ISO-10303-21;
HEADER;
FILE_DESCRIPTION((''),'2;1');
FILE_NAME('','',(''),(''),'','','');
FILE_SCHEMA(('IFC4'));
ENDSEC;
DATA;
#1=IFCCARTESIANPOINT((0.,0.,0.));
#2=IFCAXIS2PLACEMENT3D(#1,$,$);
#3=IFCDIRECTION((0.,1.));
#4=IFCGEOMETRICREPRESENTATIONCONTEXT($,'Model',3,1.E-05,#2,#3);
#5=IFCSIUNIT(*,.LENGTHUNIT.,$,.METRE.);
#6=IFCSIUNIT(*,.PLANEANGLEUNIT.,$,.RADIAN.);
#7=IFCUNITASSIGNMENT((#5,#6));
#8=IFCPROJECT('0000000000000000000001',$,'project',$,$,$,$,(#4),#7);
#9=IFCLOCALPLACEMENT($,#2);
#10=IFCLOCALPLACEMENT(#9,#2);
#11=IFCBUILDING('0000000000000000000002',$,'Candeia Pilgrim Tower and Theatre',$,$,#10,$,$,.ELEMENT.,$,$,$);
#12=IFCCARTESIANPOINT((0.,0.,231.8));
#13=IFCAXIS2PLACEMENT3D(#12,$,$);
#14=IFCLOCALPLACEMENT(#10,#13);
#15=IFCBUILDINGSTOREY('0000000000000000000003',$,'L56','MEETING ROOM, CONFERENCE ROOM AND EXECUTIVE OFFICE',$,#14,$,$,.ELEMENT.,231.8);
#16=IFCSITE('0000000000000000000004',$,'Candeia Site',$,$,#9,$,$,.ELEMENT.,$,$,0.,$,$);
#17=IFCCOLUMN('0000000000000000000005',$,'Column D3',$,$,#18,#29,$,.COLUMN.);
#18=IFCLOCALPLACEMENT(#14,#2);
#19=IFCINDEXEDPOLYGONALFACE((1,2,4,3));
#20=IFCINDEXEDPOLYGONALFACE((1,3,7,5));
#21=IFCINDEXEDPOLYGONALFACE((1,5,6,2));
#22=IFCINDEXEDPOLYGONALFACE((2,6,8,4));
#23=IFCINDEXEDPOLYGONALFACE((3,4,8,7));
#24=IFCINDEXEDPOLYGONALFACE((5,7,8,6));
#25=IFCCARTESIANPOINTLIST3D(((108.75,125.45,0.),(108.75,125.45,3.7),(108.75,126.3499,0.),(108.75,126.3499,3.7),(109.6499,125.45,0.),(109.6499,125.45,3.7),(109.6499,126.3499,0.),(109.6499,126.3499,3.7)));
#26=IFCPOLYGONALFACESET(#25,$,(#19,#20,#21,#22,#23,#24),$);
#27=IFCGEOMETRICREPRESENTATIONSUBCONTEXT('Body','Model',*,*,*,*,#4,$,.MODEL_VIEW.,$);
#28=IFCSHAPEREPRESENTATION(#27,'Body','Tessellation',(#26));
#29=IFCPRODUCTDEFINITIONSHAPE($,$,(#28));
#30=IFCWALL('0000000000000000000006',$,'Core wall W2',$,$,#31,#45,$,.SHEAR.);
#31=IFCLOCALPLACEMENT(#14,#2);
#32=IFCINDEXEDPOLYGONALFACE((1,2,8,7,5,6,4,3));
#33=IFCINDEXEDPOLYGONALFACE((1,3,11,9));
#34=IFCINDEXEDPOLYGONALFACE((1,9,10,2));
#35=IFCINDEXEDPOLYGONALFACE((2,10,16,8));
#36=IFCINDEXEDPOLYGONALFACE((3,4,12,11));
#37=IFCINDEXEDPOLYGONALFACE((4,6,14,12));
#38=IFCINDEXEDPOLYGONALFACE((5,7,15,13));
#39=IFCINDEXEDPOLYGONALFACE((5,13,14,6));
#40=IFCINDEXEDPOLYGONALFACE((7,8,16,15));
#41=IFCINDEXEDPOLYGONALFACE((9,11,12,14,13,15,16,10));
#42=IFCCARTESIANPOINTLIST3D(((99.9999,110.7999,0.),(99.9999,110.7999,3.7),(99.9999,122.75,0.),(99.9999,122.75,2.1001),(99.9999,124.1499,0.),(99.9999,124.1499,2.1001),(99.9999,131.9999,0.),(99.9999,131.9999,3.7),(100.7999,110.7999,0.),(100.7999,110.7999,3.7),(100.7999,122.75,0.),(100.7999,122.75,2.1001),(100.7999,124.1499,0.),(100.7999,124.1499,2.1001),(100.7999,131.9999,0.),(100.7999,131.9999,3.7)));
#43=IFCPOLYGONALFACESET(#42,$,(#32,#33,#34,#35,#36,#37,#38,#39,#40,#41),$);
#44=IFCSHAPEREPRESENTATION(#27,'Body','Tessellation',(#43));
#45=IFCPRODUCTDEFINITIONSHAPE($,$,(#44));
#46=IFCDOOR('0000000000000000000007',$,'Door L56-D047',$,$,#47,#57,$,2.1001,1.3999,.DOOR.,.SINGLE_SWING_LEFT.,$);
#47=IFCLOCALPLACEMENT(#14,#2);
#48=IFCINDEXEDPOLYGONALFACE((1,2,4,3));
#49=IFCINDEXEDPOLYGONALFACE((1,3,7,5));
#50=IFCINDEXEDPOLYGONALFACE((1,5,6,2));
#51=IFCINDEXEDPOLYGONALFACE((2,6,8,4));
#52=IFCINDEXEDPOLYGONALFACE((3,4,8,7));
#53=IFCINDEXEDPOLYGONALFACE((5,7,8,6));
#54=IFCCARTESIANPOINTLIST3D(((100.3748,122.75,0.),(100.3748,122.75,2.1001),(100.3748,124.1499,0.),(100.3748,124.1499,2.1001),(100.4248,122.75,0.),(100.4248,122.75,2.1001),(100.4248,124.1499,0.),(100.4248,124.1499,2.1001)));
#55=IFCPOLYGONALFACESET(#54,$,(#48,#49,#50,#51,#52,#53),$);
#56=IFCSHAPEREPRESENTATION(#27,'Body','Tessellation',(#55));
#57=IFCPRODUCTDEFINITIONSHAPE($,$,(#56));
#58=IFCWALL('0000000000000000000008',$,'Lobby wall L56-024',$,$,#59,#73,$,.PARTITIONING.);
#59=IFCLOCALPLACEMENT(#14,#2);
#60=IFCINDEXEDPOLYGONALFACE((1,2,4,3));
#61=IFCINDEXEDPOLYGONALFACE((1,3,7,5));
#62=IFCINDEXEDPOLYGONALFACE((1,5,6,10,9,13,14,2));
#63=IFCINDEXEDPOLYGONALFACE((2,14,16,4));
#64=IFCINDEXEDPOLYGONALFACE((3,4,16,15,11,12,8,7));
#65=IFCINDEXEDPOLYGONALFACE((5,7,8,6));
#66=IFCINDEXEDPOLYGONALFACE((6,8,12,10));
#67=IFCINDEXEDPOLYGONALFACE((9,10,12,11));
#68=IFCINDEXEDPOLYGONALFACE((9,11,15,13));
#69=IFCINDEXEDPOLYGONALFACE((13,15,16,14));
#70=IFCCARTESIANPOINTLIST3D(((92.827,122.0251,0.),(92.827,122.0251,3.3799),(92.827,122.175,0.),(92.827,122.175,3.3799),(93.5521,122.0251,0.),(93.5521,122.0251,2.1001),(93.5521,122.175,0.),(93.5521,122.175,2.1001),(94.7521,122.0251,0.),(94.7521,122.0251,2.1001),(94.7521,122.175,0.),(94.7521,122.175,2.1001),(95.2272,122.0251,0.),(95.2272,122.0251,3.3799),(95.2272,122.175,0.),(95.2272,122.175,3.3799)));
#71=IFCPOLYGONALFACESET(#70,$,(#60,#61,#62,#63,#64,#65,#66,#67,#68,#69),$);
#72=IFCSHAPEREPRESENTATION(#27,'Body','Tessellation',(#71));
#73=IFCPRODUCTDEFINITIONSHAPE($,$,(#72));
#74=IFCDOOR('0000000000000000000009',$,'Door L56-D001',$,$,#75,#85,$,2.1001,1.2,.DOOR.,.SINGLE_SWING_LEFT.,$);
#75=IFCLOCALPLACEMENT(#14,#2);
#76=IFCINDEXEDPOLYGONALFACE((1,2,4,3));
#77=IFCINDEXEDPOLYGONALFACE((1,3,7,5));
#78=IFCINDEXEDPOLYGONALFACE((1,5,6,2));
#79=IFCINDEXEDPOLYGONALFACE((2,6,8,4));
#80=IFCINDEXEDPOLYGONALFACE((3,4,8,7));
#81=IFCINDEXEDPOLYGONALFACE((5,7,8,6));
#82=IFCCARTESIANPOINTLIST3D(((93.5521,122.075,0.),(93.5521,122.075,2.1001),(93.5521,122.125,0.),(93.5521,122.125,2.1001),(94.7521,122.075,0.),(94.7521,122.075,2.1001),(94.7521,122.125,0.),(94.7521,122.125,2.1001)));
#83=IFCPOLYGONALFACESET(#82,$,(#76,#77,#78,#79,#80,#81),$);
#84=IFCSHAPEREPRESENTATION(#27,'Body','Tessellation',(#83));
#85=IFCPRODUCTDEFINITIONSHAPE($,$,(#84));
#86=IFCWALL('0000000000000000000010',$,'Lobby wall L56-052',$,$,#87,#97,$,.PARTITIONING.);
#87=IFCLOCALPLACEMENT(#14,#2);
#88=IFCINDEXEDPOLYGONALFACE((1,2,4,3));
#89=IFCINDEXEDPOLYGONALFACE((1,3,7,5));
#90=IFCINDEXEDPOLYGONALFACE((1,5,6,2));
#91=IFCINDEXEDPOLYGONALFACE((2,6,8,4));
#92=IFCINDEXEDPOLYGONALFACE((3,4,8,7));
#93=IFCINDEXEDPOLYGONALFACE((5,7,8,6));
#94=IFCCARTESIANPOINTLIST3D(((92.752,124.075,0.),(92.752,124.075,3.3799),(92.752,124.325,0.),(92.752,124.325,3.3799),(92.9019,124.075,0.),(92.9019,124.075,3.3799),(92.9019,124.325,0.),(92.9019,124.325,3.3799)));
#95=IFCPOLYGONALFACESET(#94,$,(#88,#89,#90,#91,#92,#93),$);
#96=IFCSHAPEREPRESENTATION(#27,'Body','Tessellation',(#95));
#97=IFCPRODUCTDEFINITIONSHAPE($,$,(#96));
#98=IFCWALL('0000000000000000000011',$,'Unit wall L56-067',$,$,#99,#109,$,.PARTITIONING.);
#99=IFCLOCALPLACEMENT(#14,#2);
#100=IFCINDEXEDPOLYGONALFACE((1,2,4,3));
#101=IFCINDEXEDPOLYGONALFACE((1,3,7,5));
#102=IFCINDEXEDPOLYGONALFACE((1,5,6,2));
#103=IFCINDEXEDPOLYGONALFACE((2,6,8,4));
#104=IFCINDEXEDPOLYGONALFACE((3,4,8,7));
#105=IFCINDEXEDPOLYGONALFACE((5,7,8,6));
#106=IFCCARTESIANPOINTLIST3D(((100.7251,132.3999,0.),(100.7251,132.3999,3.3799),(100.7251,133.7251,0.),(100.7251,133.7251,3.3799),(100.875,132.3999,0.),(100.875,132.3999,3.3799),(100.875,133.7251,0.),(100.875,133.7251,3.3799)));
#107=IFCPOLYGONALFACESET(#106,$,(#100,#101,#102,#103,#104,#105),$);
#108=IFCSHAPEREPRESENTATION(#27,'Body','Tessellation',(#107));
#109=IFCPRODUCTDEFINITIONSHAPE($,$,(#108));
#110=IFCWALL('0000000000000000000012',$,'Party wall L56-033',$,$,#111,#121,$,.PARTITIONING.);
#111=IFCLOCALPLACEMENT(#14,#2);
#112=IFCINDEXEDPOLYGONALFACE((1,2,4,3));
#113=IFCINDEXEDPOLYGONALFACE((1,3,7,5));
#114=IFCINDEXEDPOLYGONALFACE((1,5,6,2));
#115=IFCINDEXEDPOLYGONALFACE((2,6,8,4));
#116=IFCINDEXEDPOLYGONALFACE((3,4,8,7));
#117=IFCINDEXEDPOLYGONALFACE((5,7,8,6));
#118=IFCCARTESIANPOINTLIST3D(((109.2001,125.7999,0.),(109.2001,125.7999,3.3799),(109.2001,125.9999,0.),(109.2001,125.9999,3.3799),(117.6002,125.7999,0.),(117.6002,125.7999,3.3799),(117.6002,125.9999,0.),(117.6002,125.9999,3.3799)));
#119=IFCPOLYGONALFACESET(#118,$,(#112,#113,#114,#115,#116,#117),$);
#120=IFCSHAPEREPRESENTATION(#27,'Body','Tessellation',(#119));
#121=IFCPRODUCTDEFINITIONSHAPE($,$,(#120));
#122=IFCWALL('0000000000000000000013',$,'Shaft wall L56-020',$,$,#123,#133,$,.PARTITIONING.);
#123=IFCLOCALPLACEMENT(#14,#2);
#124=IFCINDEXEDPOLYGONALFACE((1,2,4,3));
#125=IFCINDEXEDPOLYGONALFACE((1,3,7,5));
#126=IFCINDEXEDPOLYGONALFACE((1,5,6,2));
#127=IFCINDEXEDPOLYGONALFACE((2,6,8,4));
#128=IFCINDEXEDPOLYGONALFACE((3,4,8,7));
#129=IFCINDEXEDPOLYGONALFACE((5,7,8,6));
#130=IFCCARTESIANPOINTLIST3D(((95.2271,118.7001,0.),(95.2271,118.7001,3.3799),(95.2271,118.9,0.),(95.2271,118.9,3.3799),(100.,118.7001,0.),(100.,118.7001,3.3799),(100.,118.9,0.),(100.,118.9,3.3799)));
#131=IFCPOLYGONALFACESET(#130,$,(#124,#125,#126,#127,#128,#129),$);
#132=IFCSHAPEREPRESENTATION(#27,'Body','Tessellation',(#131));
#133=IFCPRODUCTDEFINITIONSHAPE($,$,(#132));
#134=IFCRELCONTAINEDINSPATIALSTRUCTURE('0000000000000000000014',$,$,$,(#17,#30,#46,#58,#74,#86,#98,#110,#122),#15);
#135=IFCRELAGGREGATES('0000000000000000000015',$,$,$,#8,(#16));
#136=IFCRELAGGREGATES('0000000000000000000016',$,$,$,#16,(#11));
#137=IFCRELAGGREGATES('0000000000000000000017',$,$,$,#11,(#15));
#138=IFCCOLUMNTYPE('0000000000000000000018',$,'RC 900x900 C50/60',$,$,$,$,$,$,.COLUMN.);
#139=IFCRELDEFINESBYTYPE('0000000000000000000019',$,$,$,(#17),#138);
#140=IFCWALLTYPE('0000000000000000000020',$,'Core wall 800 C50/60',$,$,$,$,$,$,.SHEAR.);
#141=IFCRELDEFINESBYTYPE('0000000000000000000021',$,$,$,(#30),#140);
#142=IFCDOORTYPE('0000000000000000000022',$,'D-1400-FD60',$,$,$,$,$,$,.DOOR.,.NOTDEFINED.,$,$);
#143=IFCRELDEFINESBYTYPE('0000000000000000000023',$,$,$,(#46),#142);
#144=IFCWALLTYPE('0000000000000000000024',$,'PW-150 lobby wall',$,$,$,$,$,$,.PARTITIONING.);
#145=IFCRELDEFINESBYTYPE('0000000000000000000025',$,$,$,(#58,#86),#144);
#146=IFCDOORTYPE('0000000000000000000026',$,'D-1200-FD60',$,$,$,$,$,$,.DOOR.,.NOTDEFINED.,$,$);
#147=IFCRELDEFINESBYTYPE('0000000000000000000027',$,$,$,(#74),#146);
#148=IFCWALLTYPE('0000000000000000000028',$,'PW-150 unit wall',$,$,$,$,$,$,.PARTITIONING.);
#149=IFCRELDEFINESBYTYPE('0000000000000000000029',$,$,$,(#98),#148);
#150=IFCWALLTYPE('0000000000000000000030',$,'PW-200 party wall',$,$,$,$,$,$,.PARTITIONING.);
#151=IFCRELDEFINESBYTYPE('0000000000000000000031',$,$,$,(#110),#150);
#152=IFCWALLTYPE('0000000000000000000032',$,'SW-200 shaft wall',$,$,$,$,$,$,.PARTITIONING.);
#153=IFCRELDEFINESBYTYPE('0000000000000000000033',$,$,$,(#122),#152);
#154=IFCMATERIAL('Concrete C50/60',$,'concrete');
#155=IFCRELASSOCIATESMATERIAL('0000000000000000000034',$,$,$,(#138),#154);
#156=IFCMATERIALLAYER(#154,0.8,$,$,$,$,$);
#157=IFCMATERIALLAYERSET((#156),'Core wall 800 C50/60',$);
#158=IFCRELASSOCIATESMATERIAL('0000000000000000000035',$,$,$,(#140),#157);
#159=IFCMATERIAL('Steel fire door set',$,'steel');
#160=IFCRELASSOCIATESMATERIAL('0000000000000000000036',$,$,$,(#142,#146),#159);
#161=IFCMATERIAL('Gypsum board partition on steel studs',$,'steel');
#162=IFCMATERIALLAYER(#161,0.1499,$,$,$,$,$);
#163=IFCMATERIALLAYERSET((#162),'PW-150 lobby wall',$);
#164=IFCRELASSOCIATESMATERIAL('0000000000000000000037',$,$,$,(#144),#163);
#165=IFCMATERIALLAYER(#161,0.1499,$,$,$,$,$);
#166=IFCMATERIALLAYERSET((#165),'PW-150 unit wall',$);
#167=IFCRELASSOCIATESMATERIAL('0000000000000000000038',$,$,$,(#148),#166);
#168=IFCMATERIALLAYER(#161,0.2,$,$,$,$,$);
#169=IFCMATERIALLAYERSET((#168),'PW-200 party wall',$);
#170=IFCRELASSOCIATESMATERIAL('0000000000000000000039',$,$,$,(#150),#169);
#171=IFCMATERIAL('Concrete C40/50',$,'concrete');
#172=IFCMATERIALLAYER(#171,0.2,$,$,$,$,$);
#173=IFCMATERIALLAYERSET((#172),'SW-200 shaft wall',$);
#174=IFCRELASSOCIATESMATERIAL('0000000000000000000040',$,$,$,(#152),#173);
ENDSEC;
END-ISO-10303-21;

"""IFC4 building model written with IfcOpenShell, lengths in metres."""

from ifc_helpers import new_model, si_unit, direction, frame, frame_2d, origin, origin_2d, place, context, subcontext, project, spatial, rectangle, extrude, material, layer, layer_set, material_profile, profile_set, type_object, element, fill, save


model = new_model("IFC4")

# Units and contexts
model_context = context("Model", 3, precision=1e-05, world=origin(), true_north=direction((0.0, 1.0)))
body_context = subcontext(model_context, "Body", "Model", "MODEL_VIEW")
ifc_project = project(units=[si_unit("LENGTHUNIT", "METRE"), si_unit("PLANEANGLEUNIT", "RADIAN")], contexts=[model_context])

# Site, building, storey
site_placement = place(None, origin())
site = spatial("IfcSite", under=ifc_project, at=site_placement, Name="Candeia Site", CompositionType="ELEMENT", RefElevation=0.0)
building_placement = place(site_placement, origin())
building = spatial("IfcBuilding", under=site, at=building_placement, Name="Candeia Pilgrim Tower and Theatre", CompositionType="ELEMENT")
storey_placement = place(building_placement, frame((0.0, 0.0, 231.8)))
storey = spatial("IfcBuildingStorey", under=building, at=storey_placement, Name="L56", Description="MEETING ROOM, CONFERENCE ROOM AND EXECUTIVE OFFICE", CompositionType="ELEMENT", Elevation=231.8)

# Column
ifc_material_1 = material(Name="Concrete C50/60", Category="concrete")
ifc_material_profile = material_profile(ifc_material_1, rectangle(XDim=0.8999, YDim=0.8999, at=origin_2d()))
ifc_profile_set = profile_set([ifc_material_profile], Name="Concrete C50/60")
column_type = type_object("IfcColumnType", Name="RC 900x900 C50/60", PredefinedType="COLUMN", material=ifc_profile_set)
column_placement = place(storey_placement, frame((109.2, 125.8999, 0.0), z_axis=(0.0, 0.0, 1.0), x_axis=(1.0, 0.0, 0.0)))
element("IfcColumn", 1, at=column_placement, inside=storey, type_object=column_type, Name="Column D3", PredefinedType="COLUMN", context=body_context, shape_type="SweptSolid", body=[
    extrude(rectangle(XDim=0.8999, YDim=0.8999, at=origin_2d()), origin(), (0.0, 0.0, 1.0), 3.7),
])

# Walls, openings, doors
ifc_layer_1 = layer(ifc_material_1, 0.8)
ifc_layer_set_1 = layer_set([ifc_layer_1], Name="Core wall 800 C50/60")
wall_type_1 = type_object("IfcWallType", Name="Core wall 800 C50/60", PredefinedType="SHEAR", material=ifc_layer_set_1)
wall_1_placement = place(storey_placement, frame((100.3999, 132.0, 0.0), z_axis=(0.0, 0.0, 1.0), x_axis=(0.0, -1.0, 0.0)))
wall_1 = element("IfcWall", 2, at=wall_1_placement, inside=storey, type_object=wall_type_1, Name="Core wall W2", PredefinedType="SHEAR", context=body_context, shape_type="SweptSolid", body=[
    extrude(rectangle(XDim=21.2, YDim=0.8, at=frame_2d((10.6001, 0.0))), origin(), (0.0, 0.0, 1.0), 3.7),
])
opening_1_placement = place(wall_1_placement, frame((7.8501, 0.0, 0.0)))
opening_1 = element("IfcOpeningElement", 3, at=opening_1_placement, cuts=wall_1, PredefinedType="OPENING", context=body_context, shape_type="SweptSolid", body=[
    extrude(rectangle(XDim=1.3999, YDim=2.1001, at=frame_2d((0.7, 1.05))), frame((0.0, 0.4102, 0.0), z_axis=(0.0, -1.0, 0.0), x_axis=(1.0, 0.0, 0.0)), (0.0, 0.0, 1.0), 0.8201),
])
ifc_material_2 = material(Name="Steel fire door set", Category="steel")
door_type_1 = type_object("IfcDoorType", Name="D-1400-FD60", OperationType="NOTDEFINED", PredefinedType="DOOR", material=ifc_material_2)
door_1_placement = place(opening_1_placement, origin())
door_1 = element("IfcDoor", 4, at=door_1_placement, inside=storey, type_object=door_type_1, Name="Door L56-D047", OperationType="SINGLE_SWING_LEFT", OverallHeight=2.1001, OverallWidth=1.3999, PredefinedType="DOOR", context=body_context, shape_type="SweptSolid", body=[
    extrude(rectangle(XDim=1.3999, YDim=2.1001, at=frame_2d((0.7, 1.05))), frame((0.0, 0.0249, 0.0), z_axis=(0.0, -1.0, 0.0), x_axis=(1.0, 0.0, 0.0)), (0.0, 0.0, 1.0), 0.05),
])
fill(opening_1, door_1)
ifc_material_3 = material(Name="Gypsum board partition on steel studs", Category="steel")
ifc_layer_2 = layer(ifc_material_3, 0.1499)
ifc_layer_set_2 = layer_set([ifc_layer_2], Name="PW-150 lobby wall")
wall_type_2 = type_object("IfcWallType", Name="PW-150 lobby wall", PredefinedType="PARTITIONING", material=ifc_layer_set_2)
wall_2_placement = place(storey_placement, frame((92.8269, 122.1001, 0.0), z_axis=(0.0, 0.0, 1.0), x_axis=(1.0, 0.0, 0.0)))
wall_2 = element("IfcWall", 5, at=wall_2_placement, inside=storey, type_object=wall_type_2, Name="Lobby wall L56-024", PredefinedType="PARTITIONING", context=body_context, shape_type="SweptSolid", body=[
    extrude(rectangle(XDim=2.4001, YDim=0.1499, at=frame_2d((1.2002, 0.0))), origin(), (0.0, 0.0, 1.0), 3.3799),
])
opening_2_placement = place(wall_2_placement, frame((0.7251, 0.0, 0.0)))
opening_2 = element("IfcOpeningElement", 6, at=opening_2_placement, cuts=wall_2, PredefinedType="OPENING", context=body_context, shape_type="SweptSolid", body=[
    extrude(rectangle(XDim=1.2, YDim=2.1001, at=frame_2d((0.6001, 1.05))), frame((0.0, 0.085, 0.0), z_axis=(0.0, -1.0, 0.0), x_axis=(1.0, 0.0, 0.0)), (0.0, 0.0, 1.0), 0.1699),
])
door_type_2 = type_object("IfcDoorType", Name="D-1200-FD60", OperationType="NOTDEFINED", PredefinedType="DOOR", material=ifc_material_2)
door_2_placement = place(opening_2_placement, origin())
door_2 = element("IfcDoor", 7, at=door_2_placement, inside=storey, type_object=door_type_2, Name="Door L56-D001", OperationType="SINGLE_SWING_LEFT", OverallHeight=2.1001, OverallWidth=1.2, PredefinedType="DOOR", context=body_context, shape_type="SweptSolid", body=[
    extrude(rectangle(XDim=1.2, YDim=2.1001, at=frame_2d((0.6001, 1.05))), frame((0.0, 0.0249, 0.0), z_axis=(0.0, -1.0, 0.0), x_axis=(1.0, 0.0, 0.0)), (0.0, 0.0, 1.0), 0.05),
])
fill(opening_2, door_2)

# Walls
wall_3_placement = place(storey_placement, frame((92.8269, 124.075, 0.0), z_axis=(0.0, 0.0, 1.0), x_axis=(0.0, 1.0, 0.0)))
element("IfcWall", 8, at=wall_3_placement, inside=storey, type_object=wall_type_2, Name="Lobby wall L56-052", PredefinedType="PARTITIONING", context=body_context, shape_type="SweptSolid", body=[
    extrude(rectangle(XDim=0.25, YDim=0.1499, at=frame_2d((0.125, 0.0))), origin(), (0.0, 0.0, 1.0), 3.3799),
])
ifc_layer_3 = layer(ifc_material_3, 0.1499)
ifc_layer_set_3 = layer_set([ifc_layer_3], Name="PW-150 unit wall")
wall_type_3 = type_object("IfcWallType", Name="PW-150 unit wall", PredefinedType="PARTITIONING", material=ifc_layer_set_3)
wall_4_placement = place(storey_placement, frame((100.8, 132.3999, 0.0), z_axis=(0.0, 0.0, 1.0), x_axis=(0.0, 1.0, 0.0)))
element("IfcWall", 9, at=wall_4_placement, inside=storey, type_object=wall_type_3, Name="Unit wall L56-067", PredefinedType="PARTITIONING", context=body_context, shape_type="SweptSolid", body=[
    extrude(rectangle(XDim=1.3252, YDim=0.1499, at=frame_2d((0.6626, 0.0))), origin(), (0.0, 0.0, 1.0), 3.3799),
])
ifc_layer_4 = layer(ifc_material_3, 0.2)
ifc_layer_set_4 = layer_set([ifc_layer_4], Name="PW-200 party wall")
wall_type_4 = type_object("IfcWallType", Name="PW-200 party wall", PredefinedType="PARTITIONING", material=ifc_layer_set_4)
wall_5_placement = place(storey_placement, frame((109.2, 125.8999, 0.0), z_axis=(0.0, 0.0, 1.0), x_axis=(1.0, 0.0, 0.0)))
element("IfcWall", 10, at=wall_5_placement, inside=storey, type_object=wall_type_4, Name="Party wall L56-033", PredefinedType="PARTITIONING", context=body_context, shape_type="SweptSolid", body=[
    extrude(rectangle(XDim=8.4001, YDim=0.2, at=frame_2d((4.2002, 0.0))), origin(), (0.0, 0.0, 1.0), 3.3799),
])
ifc_material_4 = material(Name="Concrete C40/50", Category="concrete")
ifc_layer_5 = layer(ifc_material_4, 0.2)
ifc_layer_set_5 = layer_set([ifc_layer_5], Name="SW-200 shaft wall")
wall_type_5 = type_object("IfcWallType", Name="SW-200 shaft wall", PredefinedType="PARTITIONING", material=ifc_layer_set_5)
wall_6_placement = place(storey_placement, frame((95.2271, 118.8, 0.0), z_axis=(0.0, 0.0, 1.0), x_axis=(1.0, 0.0, 0.0)))
element("IfcWall", 11, at=wall_6_placement, inside=storey, type_object=wall_type_5, Name="Shaft wall L56-020", PredefinedType="PARTITIONING", context=body_context, shape_type="SweptSolid", body=[
    extrude(rectangle(XDim=4.7729, YDim=0.2, at=frame_2d((2.3865, 0.0))), origin(), (0.0, 0.0, 1.0), 3.3799),
])

save(model, "model.ifc")
